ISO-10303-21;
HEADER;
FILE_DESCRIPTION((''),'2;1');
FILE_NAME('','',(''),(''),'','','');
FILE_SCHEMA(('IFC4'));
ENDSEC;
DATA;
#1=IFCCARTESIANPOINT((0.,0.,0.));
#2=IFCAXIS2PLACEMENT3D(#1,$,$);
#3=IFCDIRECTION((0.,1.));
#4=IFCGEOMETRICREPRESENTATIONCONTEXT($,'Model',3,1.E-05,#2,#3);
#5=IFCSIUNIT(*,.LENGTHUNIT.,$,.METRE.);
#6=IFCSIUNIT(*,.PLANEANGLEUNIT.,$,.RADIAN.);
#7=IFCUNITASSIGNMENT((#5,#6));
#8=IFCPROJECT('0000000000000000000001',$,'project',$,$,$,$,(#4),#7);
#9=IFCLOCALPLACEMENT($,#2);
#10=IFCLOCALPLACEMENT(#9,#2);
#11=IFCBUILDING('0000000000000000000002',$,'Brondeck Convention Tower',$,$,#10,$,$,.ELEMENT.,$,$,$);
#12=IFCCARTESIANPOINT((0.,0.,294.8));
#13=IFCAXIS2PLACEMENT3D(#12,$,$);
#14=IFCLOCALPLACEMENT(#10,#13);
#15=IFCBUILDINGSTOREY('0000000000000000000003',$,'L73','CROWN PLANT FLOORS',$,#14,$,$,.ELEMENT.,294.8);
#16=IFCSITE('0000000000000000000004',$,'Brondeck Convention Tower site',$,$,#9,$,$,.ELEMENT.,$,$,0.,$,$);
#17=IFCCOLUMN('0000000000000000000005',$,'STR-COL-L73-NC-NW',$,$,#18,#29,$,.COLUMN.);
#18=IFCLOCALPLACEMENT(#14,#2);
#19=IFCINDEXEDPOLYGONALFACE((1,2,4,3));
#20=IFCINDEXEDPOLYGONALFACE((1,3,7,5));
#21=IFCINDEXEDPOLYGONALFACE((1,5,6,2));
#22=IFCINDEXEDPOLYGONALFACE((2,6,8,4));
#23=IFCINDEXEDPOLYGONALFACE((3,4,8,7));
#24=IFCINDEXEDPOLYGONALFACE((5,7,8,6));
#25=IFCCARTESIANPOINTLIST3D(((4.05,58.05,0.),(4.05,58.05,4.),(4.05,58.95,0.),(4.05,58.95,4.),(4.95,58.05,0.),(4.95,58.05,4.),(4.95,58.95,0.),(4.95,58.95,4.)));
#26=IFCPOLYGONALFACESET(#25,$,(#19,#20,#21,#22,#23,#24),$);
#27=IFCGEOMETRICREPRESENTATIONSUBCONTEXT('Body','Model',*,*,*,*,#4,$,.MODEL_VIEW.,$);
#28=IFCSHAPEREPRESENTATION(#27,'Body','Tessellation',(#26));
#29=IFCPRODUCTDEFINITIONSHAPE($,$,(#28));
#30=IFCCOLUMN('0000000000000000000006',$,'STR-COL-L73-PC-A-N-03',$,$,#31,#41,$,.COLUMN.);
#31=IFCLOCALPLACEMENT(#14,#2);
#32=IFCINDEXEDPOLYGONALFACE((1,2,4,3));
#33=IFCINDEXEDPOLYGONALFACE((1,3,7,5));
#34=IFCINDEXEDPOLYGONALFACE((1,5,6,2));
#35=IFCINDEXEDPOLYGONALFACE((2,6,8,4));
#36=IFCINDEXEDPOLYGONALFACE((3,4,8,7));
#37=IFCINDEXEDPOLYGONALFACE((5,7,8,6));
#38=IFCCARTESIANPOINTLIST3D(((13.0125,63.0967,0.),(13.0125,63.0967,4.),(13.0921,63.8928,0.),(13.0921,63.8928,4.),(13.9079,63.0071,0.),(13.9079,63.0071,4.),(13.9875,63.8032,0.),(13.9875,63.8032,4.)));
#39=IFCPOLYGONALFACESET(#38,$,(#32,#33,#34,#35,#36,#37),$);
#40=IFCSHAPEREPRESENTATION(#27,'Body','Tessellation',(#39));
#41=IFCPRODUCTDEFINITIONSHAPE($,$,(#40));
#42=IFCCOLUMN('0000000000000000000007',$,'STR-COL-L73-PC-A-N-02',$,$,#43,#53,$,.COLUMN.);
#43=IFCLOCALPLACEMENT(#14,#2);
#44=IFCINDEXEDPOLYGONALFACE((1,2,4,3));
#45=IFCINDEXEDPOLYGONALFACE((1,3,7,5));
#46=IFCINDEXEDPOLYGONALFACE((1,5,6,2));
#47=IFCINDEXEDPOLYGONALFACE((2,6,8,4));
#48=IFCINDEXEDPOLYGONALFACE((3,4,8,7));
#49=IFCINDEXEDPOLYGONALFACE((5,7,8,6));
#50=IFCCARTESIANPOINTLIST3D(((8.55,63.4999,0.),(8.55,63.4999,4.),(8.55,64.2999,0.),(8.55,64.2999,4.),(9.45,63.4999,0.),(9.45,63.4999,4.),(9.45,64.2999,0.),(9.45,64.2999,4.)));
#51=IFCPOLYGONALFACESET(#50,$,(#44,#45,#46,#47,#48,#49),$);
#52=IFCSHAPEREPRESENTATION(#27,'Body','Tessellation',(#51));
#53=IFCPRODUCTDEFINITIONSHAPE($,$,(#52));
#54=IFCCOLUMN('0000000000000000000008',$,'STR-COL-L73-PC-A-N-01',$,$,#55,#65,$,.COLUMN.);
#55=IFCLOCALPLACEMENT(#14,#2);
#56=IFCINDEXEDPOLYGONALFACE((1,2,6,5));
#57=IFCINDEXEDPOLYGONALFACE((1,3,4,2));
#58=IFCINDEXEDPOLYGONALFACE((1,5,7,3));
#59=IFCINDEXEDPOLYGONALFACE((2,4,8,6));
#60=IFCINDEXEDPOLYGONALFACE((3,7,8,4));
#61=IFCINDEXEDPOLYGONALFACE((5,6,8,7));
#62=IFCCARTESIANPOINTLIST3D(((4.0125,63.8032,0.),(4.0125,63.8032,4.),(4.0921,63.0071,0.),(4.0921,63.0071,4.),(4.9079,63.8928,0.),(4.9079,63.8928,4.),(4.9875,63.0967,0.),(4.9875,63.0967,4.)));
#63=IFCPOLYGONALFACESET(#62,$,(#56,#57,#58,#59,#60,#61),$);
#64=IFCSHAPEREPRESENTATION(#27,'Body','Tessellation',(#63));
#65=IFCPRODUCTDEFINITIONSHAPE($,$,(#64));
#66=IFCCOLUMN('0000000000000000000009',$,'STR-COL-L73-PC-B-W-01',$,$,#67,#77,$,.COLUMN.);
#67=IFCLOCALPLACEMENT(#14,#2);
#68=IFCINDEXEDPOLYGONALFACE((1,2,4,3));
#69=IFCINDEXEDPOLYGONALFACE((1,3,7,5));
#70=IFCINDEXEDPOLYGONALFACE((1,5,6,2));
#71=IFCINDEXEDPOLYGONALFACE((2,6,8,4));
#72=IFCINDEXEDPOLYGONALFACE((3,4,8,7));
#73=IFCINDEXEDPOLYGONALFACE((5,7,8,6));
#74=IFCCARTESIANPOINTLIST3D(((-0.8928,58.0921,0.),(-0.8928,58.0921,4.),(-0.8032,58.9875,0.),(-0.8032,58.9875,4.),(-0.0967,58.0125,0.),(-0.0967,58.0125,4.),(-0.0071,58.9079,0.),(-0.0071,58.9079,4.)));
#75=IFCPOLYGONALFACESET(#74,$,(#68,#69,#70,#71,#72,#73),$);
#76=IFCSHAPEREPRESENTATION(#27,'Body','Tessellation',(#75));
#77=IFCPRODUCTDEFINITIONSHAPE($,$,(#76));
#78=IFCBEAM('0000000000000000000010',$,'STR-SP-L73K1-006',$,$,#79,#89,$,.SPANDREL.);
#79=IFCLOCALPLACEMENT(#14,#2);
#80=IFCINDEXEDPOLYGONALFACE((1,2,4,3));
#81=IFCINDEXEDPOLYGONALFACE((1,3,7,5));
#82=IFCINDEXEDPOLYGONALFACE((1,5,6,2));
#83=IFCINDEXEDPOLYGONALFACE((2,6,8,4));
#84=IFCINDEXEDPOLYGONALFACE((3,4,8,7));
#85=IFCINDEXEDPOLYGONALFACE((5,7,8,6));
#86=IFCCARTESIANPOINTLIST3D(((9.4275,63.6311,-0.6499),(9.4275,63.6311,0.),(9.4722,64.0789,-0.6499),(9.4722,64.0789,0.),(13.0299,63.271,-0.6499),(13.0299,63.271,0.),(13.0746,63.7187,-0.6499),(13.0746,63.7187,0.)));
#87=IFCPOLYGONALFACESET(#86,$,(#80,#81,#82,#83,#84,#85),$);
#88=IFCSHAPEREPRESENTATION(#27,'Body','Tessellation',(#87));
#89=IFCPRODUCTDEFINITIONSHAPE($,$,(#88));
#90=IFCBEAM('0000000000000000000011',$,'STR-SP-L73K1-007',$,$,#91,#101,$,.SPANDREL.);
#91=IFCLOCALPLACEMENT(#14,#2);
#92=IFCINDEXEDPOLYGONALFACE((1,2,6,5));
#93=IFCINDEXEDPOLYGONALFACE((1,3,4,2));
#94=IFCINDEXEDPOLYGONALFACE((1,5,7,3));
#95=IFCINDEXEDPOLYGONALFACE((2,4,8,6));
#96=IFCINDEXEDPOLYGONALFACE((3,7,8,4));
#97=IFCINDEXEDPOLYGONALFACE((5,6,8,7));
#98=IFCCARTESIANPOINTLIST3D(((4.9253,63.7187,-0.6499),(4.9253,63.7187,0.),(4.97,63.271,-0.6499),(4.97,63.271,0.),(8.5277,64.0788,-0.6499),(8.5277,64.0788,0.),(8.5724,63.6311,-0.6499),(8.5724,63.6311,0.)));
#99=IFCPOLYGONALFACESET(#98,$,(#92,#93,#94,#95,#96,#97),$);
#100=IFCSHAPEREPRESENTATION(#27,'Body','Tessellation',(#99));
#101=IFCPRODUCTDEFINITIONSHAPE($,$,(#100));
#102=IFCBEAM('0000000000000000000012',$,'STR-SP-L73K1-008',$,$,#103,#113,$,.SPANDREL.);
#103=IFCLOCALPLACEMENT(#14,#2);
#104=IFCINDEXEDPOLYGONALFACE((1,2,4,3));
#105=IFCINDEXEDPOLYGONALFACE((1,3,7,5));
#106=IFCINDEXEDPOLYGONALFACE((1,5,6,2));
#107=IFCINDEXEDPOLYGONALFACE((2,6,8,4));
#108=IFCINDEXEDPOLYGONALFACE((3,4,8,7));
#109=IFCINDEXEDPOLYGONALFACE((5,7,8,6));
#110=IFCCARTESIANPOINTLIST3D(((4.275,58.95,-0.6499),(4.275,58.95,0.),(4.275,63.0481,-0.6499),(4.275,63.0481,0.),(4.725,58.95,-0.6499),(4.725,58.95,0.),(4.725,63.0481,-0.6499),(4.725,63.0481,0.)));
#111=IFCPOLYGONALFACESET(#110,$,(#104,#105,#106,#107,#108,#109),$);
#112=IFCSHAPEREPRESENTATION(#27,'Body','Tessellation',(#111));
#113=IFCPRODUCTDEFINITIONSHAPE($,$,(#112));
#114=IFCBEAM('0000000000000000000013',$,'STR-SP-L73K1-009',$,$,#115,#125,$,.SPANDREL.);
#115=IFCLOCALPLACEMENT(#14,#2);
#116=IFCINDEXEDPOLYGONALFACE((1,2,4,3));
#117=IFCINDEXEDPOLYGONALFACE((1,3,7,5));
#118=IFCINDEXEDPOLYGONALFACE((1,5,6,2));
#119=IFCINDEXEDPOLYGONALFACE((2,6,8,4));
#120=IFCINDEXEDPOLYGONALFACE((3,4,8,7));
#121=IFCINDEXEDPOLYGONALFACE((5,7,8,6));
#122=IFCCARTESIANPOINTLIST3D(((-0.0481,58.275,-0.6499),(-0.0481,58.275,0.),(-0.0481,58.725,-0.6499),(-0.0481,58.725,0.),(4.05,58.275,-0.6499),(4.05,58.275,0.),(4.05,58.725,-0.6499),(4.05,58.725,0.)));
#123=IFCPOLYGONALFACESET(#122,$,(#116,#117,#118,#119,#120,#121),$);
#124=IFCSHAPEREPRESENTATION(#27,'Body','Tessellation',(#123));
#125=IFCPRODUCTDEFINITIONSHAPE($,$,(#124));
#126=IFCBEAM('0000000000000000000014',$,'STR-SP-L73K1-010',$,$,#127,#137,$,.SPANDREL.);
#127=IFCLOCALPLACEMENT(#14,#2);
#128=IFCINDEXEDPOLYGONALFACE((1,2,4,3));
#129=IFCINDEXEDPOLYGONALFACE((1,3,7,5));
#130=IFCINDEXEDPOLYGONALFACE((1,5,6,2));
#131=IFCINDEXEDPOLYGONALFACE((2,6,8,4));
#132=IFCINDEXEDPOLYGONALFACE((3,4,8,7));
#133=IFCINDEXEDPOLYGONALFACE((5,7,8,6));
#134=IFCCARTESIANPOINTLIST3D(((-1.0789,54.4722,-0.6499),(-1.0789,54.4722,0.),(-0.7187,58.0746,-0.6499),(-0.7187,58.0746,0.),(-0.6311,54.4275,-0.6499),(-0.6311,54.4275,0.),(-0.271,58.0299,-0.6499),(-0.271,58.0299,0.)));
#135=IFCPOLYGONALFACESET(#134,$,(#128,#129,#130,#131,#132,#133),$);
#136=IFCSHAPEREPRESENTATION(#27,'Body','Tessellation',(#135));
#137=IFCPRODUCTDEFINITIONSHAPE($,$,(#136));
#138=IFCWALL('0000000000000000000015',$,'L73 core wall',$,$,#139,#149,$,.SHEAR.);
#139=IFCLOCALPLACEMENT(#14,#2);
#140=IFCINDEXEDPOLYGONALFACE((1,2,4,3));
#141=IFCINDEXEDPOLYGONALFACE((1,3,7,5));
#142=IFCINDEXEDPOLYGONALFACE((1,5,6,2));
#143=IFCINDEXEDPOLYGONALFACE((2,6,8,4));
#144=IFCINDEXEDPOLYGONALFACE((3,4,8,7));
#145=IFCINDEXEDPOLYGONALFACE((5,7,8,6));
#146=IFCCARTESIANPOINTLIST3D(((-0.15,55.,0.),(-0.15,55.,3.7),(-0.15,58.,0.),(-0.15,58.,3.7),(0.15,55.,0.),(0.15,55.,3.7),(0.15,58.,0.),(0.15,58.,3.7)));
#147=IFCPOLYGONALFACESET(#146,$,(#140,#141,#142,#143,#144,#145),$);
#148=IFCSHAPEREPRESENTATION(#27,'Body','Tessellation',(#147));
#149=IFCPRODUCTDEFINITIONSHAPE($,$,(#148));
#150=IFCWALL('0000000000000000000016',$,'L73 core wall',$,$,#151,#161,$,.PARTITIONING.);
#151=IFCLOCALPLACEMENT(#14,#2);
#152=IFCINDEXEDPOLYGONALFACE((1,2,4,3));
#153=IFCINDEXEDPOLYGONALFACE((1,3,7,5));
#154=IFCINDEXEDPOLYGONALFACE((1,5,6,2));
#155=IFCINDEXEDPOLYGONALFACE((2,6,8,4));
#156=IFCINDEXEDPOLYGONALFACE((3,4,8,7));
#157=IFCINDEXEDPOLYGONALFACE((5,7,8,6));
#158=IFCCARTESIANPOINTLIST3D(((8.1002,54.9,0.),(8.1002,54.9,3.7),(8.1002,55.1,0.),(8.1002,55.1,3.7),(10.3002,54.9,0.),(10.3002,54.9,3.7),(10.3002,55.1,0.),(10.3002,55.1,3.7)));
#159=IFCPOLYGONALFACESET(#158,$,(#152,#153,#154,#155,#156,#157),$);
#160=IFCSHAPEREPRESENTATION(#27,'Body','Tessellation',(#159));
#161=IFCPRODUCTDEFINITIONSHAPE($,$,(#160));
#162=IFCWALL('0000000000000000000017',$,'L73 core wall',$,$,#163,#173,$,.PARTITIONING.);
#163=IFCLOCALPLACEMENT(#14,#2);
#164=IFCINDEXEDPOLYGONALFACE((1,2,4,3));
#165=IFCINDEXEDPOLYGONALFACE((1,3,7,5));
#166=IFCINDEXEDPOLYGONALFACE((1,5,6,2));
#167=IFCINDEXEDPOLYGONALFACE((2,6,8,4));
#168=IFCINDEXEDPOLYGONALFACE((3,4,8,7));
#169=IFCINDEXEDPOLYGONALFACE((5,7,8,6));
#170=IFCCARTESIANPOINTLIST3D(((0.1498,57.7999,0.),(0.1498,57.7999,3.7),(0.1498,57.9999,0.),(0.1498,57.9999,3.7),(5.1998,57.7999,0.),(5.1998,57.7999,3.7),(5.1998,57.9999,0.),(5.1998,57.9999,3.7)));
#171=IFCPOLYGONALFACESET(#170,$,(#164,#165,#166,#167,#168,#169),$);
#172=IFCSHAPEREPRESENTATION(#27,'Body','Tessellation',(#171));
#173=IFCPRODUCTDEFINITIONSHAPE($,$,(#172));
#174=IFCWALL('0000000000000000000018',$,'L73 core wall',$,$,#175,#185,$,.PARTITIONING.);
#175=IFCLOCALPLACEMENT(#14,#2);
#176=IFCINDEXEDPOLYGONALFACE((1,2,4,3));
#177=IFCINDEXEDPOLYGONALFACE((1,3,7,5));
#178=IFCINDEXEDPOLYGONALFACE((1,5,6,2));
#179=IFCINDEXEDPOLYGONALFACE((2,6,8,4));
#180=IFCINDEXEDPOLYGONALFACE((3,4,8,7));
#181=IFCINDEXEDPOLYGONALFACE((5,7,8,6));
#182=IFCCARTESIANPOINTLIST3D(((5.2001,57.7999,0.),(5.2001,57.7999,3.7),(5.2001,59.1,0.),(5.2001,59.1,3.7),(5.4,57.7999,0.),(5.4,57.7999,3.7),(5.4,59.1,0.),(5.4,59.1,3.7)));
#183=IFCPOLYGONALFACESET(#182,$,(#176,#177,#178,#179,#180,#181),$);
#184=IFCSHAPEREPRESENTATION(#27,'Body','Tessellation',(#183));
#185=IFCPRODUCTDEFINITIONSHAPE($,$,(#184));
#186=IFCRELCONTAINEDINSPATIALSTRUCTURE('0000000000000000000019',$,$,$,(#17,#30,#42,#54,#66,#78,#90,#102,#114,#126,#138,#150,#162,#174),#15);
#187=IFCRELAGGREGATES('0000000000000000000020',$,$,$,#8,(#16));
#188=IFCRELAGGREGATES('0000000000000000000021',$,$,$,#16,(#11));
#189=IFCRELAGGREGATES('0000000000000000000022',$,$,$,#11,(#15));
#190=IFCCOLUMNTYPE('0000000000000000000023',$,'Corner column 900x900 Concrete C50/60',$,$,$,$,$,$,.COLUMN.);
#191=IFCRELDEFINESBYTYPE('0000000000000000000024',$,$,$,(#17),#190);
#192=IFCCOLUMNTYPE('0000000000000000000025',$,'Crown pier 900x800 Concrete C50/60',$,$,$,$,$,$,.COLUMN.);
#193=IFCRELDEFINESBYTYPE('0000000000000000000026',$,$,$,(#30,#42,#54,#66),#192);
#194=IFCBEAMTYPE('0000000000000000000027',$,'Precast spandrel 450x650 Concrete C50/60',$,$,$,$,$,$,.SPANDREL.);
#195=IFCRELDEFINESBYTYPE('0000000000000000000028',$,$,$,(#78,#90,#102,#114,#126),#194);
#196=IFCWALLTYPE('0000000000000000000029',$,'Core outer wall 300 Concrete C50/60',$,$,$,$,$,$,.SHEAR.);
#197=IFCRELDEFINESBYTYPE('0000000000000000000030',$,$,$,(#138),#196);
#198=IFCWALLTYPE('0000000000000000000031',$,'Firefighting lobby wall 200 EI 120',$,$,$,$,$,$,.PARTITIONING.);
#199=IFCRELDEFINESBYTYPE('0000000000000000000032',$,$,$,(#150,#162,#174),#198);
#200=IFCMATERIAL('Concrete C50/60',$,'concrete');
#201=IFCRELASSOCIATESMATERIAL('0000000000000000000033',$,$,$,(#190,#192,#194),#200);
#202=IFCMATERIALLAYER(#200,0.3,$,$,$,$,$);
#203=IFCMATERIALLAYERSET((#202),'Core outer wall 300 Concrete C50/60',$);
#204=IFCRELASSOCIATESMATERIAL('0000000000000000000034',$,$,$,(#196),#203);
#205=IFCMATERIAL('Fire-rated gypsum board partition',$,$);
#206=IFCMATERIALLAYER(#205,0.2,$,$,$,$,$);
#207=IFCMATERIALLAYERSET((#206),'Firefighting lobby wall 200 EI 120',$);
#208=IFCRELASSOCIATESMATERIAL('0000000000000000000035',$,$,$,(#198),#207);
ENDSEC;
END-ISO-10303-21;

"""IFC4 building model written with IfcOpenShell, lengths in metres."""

from ifc_helpers import new_model, si_unit, direction, frame, frame_2d, origin, origin_2d, place, context, subcontext, project, spatial, rectangle, extrude, material, layer, layer_set, material_profile, profile_set, type_object, element, save


model = new_model("IFC4")

# Units and contexts
model_context = context("Model", 3, precision=1e-05, world=origin(), true_north=direction((0.0, 1.0)))
body_context = subcontext(model_context, "Body", "Model", "MODEL_VIEW")
ifc_project = project(units=[si_unit("LENGTHUNIT", "METRE"), si_unit("PLANEANGLEUNIT", "RADIAN")], contexts=[model_context])

# Site, building, storey
site_placement = place(None, origin())
site = spatial("IfcSite", under=ifc_project, at=site_placement, Name="Brondeck Convention Tower site", CompositionType="ELEMENT", RefElevation=0.0)
building_placement = place(site_placement, origin())
building = spatial("IfcBuilding", under=site, at=building_placement, Name="Brondeck Convention Tower", CompositionType="ELEMENT")
storey_placement = place(building_placement, frame((0.0, 0.0, 294.8)))
storey = spatial("IfcBuildingStorey", under=building, at=storey_placement, Name="L73", Description="CROWN PLANT FLOORS", CompositionType="ELEMENT", Elevation=294.8)

# Columns
ifc_material_1 = material(Name="Concrete C50/60", Category="concrete")
ifc_material_profile_1 = material_profile(ifc_material_1, rectangle(XDim=0.8999, YDim=0.8999, at=origin_2d()), Name="Corner column 900x900 Concrete C50/60")
ifc_profile_set_1 = profile_set([ifc_material_profile_1], Name="Concrete C50/60")
column_type_1 = type_object("IfcColumnType", Name="Corner column 900x900 Concrete C50/60", PredefinedType="COLUMN", material=ifc_profile_set_1)
column_placement = place(storey_placement, frame((4.5, 58.5, 0.0), z_axis=(0.0, 0.0, 1.0), x_axis=(1.0, 0.0, 0.0)))
element("IfcColumn", 1, at=column_placement, inside=storey, type_object=column_type_1, Name="STR-COL-L73-NC-NW", PredefinedType="COLUMN", context=body_context, shape_type="SweptSolid", body=[
    extrude(rectangle(XDim=0.8999, YDim=0.8999, at=origin_2d()), origin(), (0.0, 0.0, 1.0), 4.0),
])
ifc_material_profile_2 = material_profile(ifc_material_1, rectangle(XDim=0.8999, YDim=0.8, at=origin_2d()), Name="Crown pier 900x800 Concrete C50/60")
ifc_profile_set_2 = profile_set([ifc_material_profile_2], Name="Concrete C50/60")
column_type_2 = type_object("IfcColumnType", Name="Crown pier 900x800 Concrete C50/60", PredefinedType="COLUMN", material=ifc_profile_set_2)
for number, where, z_axis, x_axis, name in (
    (2, (13.5, 63.45, 0.0), (0.0, 0.0, 1.0), (-0.995037, 0.099504, 0.0), "STR-COL-L73-PC-A-N-03"),
    (3, (9.0, 63.8999, 0.0), (0.0, 0.0, 1.0), (-1.0, 0.0, 0.0), "STR-COL-L73-PC-A-N-02"),
    (4, (4.5, 63.45, 0.0), (0.0, 0.0, 1.0), (-0.995037, -0.099504, 0.0), "STR-COL-L73-PC-A-N-01"),
    (5, (-0.45, 58.5, 0.0), (0.0, 0.0, 1.0), (-0.099504, -0.995037, 0.0), "STR-COL-L73-PC-B-W-01"),
):
    element("IfcColumn", number, at=place(storey_placement, frame(where, z_axis=z_axis, x_axis=x_axis)), inside=storey, type_object=column_type_2, Name=name, PredefinedType="COLUMN", context=body_context, shape_type="SweptSolid", body=[
        extrude(rectangle(XDim=0.8999, YDim=0.8, at=origin_2d()), origin(), (0.0, 0.0, 1.0), 4.0),
    ])

# Beams
ifc_material_profile_3 = material_profile(ifc_material_1, rectangle(XDim=0.45, YDim=0.6499, at=origin_2d()), Name="Precast spandrel 450x650 Concrete C50/60")
ifc_profile_set_3 = profile_set([ifc_material_profile_3], Name="Concrete C50/60")
beam_type = type_object("IfcBeamType", Name="Precast spandrel 450x650 Concrete C50/60", PredefinedType="SPANDREL", material=ifc_profile_set_3)
for number, where, z_axis, x_axis, name in (
    (6, (13.0522, 63.4949, -0.325), (-0.995041, 0.09947, 0.0), (-0.09947, -0.995041, 0.0), "STR-SP-L73K1-006"),
    (7, (8.55, 63.855, -0.325), (-0.995041, -0.09947, 0.0), (0.09947, -0.995041, 0.0), "STR-SP-L73K1-007"),
):
    element("IfcBeam", number, at=place(storey_placement, frame(where, z_axis=z_axis, x_axis=x_axis)), inside=storey, type_object=beam_type, Name=name, PredefinedType="SPANDREL", context=body_context, shape_type="SweptSolid", body=[
        extrude(rectangle(XDim=0.45, YDim=0.6499, at=origin_2d()), origin(), (0.0, 0.0, 1.0), 3.6204),
    ])
for number, where, z_axis, x_axis, name in (
    (8, (4.5, 63.0481, -0.325), (0.0, -1.0, 0.0), (1.0, 0.0, 0.0), "STR-SP-L73K1-008"),
    (9, (4.05, 58.5, -0.325), (-1.0, 0.0, 0.0), (0.0, -1.0, 0.0), "STR-SP-L73K1-009"),
):
    element("IfcBeam", number, at=place(storey_placement, frame(where, z_axis=z_axis, x_axis=x_axis)), inside=storey, type_object=beam_type, Name=name, PredefinedType="SPANDREL", context=body_context, shape_type="SweptSolid", body=[
        extrude(rectangle(XDim=0.45, YDim=0.6499, at=origin_2d()), origin(), (0.0, 0.0, 1.0), 4.0981),
    ])
beam_placement = place(storey_placement, frame((-0.4949, 58.0522, -0.325), z_axis=(-0.09947, -0.995041, 0.0), x_axis=(0.995041, -0.09947, 0.0)))
element("IfcBeam", 10, at=beam_placement, inside=storey, type_object=beam_type, Name="STR-SP-L73K1-010", PredefinedType="SPANDREL", context=body_context, shape_type="SweptSolid", body=[
    extrude(rectangle(XDim=0.45, YDim=0.6499, at=origin_2d()), origin(), (0.0, 0.0, 1.0), 3.6204),
])

# Walls
ifc_layer_1 = layer(ifc_material_1, 0.3)
ifc_layer_set_1 = layer_set([ifc_layer_1], Name="Core outer wall 300 Concrete C50/60")
wall_type_1 = type_object("IfcWallType", Name="Core outer wall 300 Concrete C50/60", PredefinedType="SHEAR", material=ifc_layer_set_1)
wall_1_placement = place(storey_placement, frame((0.0, 55.0, 0.0), z_axis=(0.0, 0.0, 1.0), x_axis=(0.0, 1.0, 0.0)))
element("IfcWall", 11, at=wall_1_placement, inside=storey, type_object=wall_type_1, Name="L73 core wall", PredefinedType="SHEAR", context=body_context, shape_type="SweptSolid", body=[
    extrude(rectangle(XDim=3.0, YDim=0.3, at=frame_2d((1.5, 0.0))), origin(), (0.0, 0.0, 1.0), 3.7),
])
ifc_material_2 = material(Name="Fire-rated gypsum board partition")
ifc_layer_2 = layer(ifc_material_2, 0.2)
ifc_layer_set_2 = layer_set([ifc_layer_2], Name="Firefighting lobby wall 200 EI 120")
wall_type_2 = type_object("IfcWallType", Name="Firefighting lobby wall 200 EI 120", PredefinedType="PARTITIONING", material=ifc_layer_set_2)
wall_2_placement = place(storey_placement, frame((8.1001, 55.0, 0.0), z_axis=(0.0, 0.0, 1.0), x_axis=(1.0, 0.0, 0.0)))
element("IfcWall", 12, at=wall_2_placement, inside=storey, type_object=wall_type_2, Name="L73 core wall", PredefinedType="PARTITIONING", context=body_context, shape_type="SweptSolid", body=[
    extrude(rectangle(XDim=2.2, YDim=0.2, at=frame_2d((1.1001, 0.0))), origin(), (0.0, 0.0, 1.0), 3.7),
])
wall_3_placement = place(storey_placement, frame((0.1499, 57.8999, 0.0), z_axis=(0.0, 0.0, 1.0), x_axis=(1.0, 0.0, 0.0)))
element("IfcWall", 13, at=wall_3_placement, inside=storey, type_object=wall_type_2, Name="L73 core wall", PredefinedType="PARTITIONING", context=body_context, shape_type="SweptSolid", body=[
    extrude(rectangle(XDim=5.05, YDim=0.2, at=frame_2d((2.5249, 0.0))), origin(), (0.0, 0.0, 1.0), 3.7),
])
wall_4_placement = place(storey_placement, frame((5.3, 57.8, 0.0), z_axis=(0.0, 0.0, 1.0), x_axis=(0.0, 1.0, 0.0)))
element("IfcWall", 14, at=wall_4_placement, inside=storey, type_object=wall_type_2, Name="L73 core wall", PredefinedType="PARTITIONING", context=body_context, shape_type="SweptSolid", body=[
    extrude(rectangle(XDim=1.3, YDim=0.2, at=frame_2d((0.6499, 0.0))), origin(), (0.0, 0.0, 1.0), 3.7),
])

save(model, "model.ifc")
